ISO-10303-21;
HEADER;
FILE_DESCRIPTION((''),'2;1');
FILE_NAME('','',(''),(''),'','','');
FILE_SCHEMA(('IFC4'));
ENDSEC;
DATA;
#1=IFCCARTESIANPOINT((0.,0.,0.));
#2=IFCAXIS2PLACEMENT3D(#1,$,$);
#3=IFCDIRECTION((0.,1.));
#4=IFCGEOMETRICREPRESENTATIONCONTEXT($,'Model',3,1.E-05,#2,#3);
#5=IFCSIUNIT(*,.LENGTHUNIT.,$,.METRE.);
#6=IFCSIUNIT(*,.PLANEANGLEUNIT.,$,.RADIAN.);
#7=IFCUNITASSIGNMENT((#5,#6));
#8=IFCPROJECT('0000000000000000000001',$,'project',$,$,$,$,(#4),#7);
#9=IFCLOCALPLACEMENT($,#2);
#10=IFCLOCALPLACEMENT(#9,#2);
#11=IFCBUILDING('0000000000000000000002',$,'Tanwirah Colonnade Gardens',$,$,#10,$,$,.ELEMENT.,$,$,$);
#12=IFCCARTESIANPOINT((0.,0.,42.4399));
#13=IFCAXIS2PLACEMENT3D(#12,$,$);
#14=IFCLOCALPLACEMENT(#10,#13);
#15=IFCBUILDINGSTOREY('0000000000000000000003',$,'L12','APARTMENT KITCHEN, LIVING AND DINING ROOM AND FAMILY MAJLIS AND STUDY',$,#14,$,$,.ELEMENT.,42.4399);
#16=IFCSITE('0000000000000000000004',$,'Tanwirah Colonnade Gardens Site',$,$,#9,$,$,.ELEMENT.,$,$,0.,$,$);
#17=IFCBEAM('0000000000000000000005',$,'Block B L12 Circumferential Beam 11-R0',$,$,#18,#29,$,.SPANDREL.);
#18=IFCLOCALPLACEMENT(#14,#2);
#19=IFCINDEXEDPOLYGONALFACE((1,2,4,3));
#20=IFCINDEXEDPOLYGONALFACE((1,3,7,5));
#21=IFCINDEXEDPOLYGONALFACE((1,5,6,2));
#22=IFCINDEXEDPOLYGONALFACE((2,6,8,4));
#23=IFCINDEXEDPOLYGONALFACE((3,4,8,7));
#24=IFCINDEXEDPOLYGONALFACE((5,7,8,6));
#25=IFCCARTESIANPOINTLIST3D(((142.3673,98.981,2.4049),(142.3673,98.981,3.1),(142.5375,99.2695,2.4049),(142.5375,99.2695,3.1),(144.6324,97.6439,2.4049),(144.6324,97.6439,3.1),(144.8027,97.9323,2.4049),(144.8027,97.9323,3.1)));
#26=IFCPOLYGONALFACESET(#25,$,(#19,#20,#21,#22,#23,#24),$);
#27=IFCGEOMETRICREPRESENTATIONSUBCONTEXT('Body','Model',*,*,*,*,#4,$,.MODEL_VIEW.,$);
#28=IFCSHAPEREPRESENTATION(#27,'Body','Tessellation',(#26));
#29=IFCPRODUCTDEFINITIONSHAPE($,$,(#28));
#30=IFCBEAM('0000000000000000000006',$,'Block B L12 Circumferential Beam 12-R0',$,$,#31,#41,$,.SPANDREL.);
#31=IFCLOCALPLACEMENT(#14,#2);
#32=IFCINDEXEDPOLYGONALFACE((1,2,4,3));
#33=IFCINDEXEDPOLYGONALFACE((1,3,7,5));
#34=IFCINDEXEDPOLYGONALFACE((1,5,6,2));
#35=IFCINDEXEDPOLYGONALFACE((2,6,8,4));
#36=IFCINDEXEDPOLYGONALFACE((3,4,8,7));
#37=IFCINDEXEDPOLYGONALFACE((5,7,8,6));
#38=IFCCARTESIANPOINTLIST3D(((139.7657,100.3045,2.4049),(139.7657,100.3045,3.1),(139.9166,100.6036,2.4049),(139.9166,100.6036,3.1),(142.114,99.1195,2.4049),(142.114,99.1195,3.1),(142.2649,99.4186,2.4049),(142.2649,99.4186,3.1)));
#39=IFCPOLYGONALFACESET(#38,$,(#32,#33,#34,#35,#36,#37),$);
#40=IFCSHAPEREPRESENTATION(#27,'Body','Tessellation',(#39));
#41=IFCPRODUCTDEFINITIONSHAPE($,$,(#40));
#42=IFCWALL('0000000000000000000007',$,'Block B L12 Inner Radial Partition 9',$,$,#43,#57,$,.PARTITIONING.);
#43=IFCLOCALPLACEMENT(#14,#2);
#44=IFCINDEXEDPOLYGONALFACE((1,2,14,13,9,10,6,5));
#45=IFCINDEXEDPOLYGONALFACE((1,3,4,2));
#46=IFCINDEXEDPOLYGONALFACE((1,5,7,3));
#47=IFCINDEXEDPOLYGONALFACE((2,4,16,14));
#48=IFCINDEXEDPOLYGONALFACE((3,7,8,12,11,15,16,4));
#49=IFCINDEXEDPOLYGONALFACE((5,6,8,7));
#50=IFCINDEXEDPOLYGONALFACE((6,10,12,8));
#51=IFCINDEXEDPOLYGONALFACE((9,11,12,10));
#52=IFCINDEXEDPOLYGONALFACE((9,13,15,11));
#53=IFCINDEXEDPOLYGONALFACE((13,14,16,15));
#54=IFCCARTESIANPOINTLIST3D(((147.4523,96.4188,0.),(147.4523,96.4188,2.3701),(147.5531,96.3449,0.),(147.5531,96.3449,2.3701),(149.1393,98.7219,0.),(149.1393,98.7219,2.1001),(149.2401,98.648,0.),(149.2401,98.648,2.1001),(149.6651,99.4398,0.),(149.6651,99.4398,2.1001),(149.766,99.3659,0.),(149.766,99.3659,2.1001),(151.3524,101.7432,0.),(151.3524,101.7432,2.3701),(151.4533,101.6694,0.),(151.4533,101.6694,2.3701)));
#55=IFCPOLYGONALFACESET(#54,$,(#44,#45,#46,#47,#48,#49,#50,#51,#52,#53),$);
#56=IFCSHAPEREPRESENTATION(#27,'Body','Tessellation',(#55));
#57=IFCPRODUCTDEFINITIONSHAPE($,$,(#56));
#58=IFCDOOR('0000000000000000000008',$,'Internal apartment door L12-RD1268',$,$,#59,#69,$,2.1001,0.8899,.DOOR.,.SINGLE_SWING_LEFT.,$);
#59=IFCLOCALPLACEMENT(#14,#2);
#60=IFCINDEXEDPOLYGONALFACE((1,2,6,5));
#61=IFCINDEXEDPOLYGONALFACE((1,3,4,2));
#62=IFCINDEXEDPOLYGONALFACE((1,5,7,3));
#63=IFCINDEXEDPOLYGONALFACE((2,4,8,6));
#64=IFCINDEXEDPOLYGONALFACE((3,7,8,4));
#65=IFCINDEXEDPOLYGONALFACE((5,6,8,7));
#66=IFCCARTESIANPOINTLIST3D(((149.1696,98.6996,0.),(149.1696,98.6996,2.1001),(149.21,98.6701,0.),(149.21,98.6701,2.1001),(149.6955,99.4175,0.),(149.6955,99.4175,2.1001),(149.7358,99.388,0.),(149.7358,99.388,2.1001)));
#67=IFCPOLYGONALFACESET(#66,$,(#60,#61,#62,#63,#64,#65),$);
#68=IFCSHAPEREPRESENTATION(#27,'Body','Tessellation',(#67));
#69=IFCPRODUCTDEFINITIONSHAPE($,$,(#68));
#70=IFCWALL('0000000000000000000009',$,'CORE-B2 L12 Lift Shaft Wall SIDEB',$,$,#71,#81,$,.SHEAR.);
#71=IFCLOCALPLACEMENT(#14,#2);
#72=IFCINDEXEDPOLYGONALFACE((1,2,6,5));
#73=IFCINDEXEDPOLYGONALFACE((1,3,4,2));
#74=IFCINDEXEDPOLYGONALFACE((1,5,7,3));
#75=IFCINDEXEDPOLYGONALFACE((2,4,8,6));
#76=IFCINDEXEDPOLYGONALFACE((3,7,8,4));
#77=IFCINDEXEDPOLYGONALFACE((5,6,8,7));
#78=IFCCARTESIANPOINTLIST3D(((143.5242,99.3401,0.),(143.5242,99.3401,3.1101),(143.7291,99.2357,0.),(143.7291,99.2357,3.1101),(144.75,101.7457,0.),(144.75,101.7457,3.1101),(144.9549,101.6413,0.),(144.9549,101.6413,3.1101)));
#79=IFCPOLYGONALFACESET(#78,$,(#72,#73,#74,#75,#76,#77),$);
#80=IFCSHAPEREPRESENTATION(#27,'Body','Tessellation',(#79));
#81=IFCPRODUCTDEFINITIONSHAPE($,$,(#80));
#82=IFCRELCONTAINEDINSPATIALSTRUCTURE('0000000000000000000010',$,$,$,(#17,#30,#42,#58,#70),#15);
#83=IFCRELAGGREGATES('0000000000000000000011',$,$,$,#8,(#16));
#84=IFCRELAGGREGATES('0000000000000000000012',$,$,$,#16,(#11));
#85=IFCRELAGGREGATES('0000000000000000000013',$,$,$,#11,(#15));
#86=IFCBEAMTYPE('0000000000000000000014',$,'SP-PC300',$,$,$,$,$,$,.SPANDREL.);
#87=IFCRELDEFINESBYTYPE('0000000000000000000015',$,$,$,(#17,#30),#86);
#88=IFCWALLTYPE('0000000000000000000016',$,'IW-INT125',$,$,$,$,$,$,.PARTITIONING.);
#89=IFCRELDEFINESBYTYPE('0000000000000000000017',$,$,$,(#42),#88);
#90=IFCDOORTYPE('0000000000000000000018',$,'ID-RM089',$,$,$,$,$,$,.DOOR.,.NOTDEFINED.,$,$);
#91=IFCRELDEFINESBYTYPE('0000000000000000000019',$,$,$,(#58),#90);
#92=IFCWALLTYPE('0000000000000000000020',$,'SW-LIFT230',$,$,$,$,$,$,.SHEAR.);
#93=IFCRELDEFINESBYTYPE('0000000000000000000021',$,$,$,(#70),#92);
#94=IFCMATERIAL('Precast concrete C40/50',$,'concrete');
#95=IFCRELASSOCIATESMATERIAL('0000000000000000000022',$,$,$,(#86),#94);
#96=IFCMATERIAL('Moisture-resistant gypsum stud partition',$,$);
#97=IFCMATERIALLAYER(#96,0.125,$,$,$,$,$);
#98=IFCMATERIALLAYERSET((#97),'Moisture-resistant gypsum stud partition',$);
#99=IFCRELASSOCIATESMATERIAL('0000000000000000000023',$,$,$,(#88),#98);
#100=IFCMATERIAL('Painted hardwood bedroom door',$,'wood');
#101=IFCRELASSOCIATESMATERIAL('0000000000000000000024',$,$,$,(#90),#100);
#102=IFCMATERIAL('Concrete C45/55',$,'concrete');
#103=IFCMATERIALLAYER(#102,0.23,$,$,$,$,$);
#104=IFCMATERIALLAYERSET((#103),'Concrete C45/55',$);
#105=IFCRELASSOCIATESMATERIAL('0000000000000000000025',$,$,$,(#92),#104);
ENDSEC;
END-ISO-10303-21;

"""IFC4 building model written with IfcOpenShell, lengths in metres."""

from ifc_helpers import new_model, si_unit, direction, frame, frame_2d, origin, origin_2d, place, context, subcontext, project, spatial, rectangle, extrude, material, layer, layer_set, material_profile, profile_set, type_object, element, fill, save


model = new_model("IFC4")

# Units and contexts
model_context = context("Model", 3, precision=1e-05, world=origin(), true_north=direction((0.0, 1.0)))
body_context = subcontext(model_context, "Body", "Model", "MODEL_VIEW")
ifc_project = project(units=[si_unit("LENGTHUNIT", "METRE"), si_unit("PLANEANGLEUNIT", "RADIAN")], contexts=[model_context])

# Site, building, storey
site_placement = place(None, origin())
site = spatial("IfcSite", under=ifc_project, at=site_placement, Name="Tanwirah Colonnade Gardens Site", CompositionType="ELEMENT", RefElevation=0.0)
building_placement = place(site_placement, origin())
building = spatial("IfcBuilding", under=site, at=building_placement, Name="Tanwirah Colonnade Gardens", CompositionType="ELEMENT")
storey_placement = place(building_placement, frame((0.0, 0.0, 42.4399)))
storey = spatial("IfcBuildingStorey", under=building, at=storey_placement, Name="L12", Description="APARTMENT KITCHEN, LIVING AND DINING ROOM AND FAMILY MAJLIS AND STUDY", CompositionType="ELEMENT", Elevation=42.4399)

# Shared definitions
ifc_material_1 = material(Name="Precast concrete C40/50", Category="concrete")

# Beams
ifc_material_profile_1 = material_profile(ifc_material_1, rectangle(XDim=0.335, YDim=0.6951, at=origin_2d()), Name="PC-SP 335x695")
ifc_profile_set_1 = profile_set([ifc_material_profile_1], Name="Precast concrete C40/50")
beam_type_1 = type_object("IfcBeamType", Name="SP-PC300", PredefinedType="SPANDREL", material=ifc_profile_set_1)
for number, where, z_axis, x_axis, name in (
    (1, (144.7175, 97.7881, 2.7524), (-0.861148, 0.508354, 0.0), (-0.508354, -0.861148, 0.0), "Block B L12 Circumferential Beam 11-R0"),
    (2, (142.1895, 99.269, 2.7524), (-0.892769, 0.450515, 0.0), (-0.450515, -0.892769, 0.0), "Block B L12 Circumferential Beam 12-R0"),
):
    element("IfcBeam", number, at=place(storey_placement, frame(where, z_axis=z_axis, x_axis=x_axis)), inside=storey, type_object=beam_type_1, Name=name, PredefinedType="SPANDREL", context=body_context, shape_type="SweptSolid", body=[
        extrude(rectangle(XDim=0.335, YDim=0.6951, at=origin_2d()), origin(), (0.0, 0.0, 1.0), 2.6304),
    ])

# Wall, opening, door
ifc_material_2 = material(Name="Moisture-resistant gypsum stud partition")
ifc_layer_1 = layer(ifc_material_2, 0.125)
ifc_layer_set_1 = layer_set([ifc_layer_1], Name="Moisture-resistant gypsum stud partition")
wall_type_1 = type_object("IfcWallType", Name="IW-INT125", PredefinedType="PARTITIONING", material=ifc_layer_set_1)
wall_1_placement = place(storey_placement, frame((147.5027, 96.3818, 0.0), z_axis=(0.0, 0.0, 1.0), x_axis=(0.590924, 0.806727, 0.0)))
wall_1 = element("IfcWall", 3, at=wall_1_placement, inside=storey, type_object=wall_type_1, Name="Block B L12 Inner Radial Partition 9", PredefinedType="PARTITIONING", context=body_context, shape_type="SweptSolid", body=[
    extrude(rectangle(XDim=6.6001, YDim=0.125, at=frame_2d((3.3, 0.0))), origin(), (0.0, 0.0, 1.0), 2.3701),
])
opening_1_placement = place(wall_1_placement, frame((2.855, 0.0, 0.0)))
opening_1 = element("IfcOpeningElement", 4, at=opening_1_placement, cuts=wall_1, PredefinedType="OPENING", context=body_context, shape_type="SweptSolid", body=[
    extrude(rectangle(XDim=0.8899, YDim=2.1001, at=frame_2d((0.4448, 1.05))), frame((0.0, 0.0725, 0.0), z_axis=(0.0, -1.0, 0.0), x_axis=(1.0, 0.0, 0.0)), (0.0, 0.0, 1.0), 0.145),
])
ifc_material_3 = material(Name="Painted hardwood bedroom door", Category="wood")
door_type_1 = type_object("IfcDoorType", Name="ID-RM089", OperationType="NOTDEFINED", PredefinedType="DOOR", material=ifc_material_3)
door_1_placement = place(opening_1_placement, origin())
door_1 = element("IfcDoor", 5, at=door_1_placement, inside=storey, type_object=door_type_1, Name="Internal apartment door L12-RD1268", OperationType="SINGLE_SWING_LEFT", OverallHeight=2.1001, OverallWidth=0.8899, PredefinedType="DOOR", context=body_context, shape_type="SweptSolid", body=[
    extrude(rectangle(XDim=0.8899, YDim=2.1001, at=frame_2d((0.4448, 1.05))), frame((0.0, 0.0249, 0.0), z_axis=(0.0, -1.0, 0.0), x_axis=(1.0, 0.0, 0.0)), (0.0, 0.0, 1.0), 0.05),
])
fill(opening_1, door_1)

# Wall
ifc_material_4 = material(Name="Concrete C45/55", Category="concrete")
ifc_layer_2 = layer(ifc_material_4, 0.23)
ifc_layer_set_2 = layer_set([ifc_layer_2], Name="Concrete C45/55")
wall_type_2 = type_object("IfcWallType", Name="SW-LIFT230", PredefinedType="SHEAR", material=ifc_layer_set_2)
wall_2_placement = place(storey_placement, frame((144.8525, 101.6936, 0.0), z_axis=(0.0, 0.0, 1.0), x_axis=(-0.454037, -0.890983, 0.0)))
element("IfcWall", 6, at=wall_2_placement, inside=storey, type_object=wall_type_2, Name="CORE-B2 L12 Lift Shaft Wall SIDEB", PredefinedType="SHEAR", context=body_context, shape_type="SweptSolid", body=[
    extrude(rectangle(XDim=2.7, YDim=0.23, at=frame_2d((1.3501, 0.0))), origin(), (0.0, 0.0, 1.0), 3.1101),
])

save(model, "model.ifc")
